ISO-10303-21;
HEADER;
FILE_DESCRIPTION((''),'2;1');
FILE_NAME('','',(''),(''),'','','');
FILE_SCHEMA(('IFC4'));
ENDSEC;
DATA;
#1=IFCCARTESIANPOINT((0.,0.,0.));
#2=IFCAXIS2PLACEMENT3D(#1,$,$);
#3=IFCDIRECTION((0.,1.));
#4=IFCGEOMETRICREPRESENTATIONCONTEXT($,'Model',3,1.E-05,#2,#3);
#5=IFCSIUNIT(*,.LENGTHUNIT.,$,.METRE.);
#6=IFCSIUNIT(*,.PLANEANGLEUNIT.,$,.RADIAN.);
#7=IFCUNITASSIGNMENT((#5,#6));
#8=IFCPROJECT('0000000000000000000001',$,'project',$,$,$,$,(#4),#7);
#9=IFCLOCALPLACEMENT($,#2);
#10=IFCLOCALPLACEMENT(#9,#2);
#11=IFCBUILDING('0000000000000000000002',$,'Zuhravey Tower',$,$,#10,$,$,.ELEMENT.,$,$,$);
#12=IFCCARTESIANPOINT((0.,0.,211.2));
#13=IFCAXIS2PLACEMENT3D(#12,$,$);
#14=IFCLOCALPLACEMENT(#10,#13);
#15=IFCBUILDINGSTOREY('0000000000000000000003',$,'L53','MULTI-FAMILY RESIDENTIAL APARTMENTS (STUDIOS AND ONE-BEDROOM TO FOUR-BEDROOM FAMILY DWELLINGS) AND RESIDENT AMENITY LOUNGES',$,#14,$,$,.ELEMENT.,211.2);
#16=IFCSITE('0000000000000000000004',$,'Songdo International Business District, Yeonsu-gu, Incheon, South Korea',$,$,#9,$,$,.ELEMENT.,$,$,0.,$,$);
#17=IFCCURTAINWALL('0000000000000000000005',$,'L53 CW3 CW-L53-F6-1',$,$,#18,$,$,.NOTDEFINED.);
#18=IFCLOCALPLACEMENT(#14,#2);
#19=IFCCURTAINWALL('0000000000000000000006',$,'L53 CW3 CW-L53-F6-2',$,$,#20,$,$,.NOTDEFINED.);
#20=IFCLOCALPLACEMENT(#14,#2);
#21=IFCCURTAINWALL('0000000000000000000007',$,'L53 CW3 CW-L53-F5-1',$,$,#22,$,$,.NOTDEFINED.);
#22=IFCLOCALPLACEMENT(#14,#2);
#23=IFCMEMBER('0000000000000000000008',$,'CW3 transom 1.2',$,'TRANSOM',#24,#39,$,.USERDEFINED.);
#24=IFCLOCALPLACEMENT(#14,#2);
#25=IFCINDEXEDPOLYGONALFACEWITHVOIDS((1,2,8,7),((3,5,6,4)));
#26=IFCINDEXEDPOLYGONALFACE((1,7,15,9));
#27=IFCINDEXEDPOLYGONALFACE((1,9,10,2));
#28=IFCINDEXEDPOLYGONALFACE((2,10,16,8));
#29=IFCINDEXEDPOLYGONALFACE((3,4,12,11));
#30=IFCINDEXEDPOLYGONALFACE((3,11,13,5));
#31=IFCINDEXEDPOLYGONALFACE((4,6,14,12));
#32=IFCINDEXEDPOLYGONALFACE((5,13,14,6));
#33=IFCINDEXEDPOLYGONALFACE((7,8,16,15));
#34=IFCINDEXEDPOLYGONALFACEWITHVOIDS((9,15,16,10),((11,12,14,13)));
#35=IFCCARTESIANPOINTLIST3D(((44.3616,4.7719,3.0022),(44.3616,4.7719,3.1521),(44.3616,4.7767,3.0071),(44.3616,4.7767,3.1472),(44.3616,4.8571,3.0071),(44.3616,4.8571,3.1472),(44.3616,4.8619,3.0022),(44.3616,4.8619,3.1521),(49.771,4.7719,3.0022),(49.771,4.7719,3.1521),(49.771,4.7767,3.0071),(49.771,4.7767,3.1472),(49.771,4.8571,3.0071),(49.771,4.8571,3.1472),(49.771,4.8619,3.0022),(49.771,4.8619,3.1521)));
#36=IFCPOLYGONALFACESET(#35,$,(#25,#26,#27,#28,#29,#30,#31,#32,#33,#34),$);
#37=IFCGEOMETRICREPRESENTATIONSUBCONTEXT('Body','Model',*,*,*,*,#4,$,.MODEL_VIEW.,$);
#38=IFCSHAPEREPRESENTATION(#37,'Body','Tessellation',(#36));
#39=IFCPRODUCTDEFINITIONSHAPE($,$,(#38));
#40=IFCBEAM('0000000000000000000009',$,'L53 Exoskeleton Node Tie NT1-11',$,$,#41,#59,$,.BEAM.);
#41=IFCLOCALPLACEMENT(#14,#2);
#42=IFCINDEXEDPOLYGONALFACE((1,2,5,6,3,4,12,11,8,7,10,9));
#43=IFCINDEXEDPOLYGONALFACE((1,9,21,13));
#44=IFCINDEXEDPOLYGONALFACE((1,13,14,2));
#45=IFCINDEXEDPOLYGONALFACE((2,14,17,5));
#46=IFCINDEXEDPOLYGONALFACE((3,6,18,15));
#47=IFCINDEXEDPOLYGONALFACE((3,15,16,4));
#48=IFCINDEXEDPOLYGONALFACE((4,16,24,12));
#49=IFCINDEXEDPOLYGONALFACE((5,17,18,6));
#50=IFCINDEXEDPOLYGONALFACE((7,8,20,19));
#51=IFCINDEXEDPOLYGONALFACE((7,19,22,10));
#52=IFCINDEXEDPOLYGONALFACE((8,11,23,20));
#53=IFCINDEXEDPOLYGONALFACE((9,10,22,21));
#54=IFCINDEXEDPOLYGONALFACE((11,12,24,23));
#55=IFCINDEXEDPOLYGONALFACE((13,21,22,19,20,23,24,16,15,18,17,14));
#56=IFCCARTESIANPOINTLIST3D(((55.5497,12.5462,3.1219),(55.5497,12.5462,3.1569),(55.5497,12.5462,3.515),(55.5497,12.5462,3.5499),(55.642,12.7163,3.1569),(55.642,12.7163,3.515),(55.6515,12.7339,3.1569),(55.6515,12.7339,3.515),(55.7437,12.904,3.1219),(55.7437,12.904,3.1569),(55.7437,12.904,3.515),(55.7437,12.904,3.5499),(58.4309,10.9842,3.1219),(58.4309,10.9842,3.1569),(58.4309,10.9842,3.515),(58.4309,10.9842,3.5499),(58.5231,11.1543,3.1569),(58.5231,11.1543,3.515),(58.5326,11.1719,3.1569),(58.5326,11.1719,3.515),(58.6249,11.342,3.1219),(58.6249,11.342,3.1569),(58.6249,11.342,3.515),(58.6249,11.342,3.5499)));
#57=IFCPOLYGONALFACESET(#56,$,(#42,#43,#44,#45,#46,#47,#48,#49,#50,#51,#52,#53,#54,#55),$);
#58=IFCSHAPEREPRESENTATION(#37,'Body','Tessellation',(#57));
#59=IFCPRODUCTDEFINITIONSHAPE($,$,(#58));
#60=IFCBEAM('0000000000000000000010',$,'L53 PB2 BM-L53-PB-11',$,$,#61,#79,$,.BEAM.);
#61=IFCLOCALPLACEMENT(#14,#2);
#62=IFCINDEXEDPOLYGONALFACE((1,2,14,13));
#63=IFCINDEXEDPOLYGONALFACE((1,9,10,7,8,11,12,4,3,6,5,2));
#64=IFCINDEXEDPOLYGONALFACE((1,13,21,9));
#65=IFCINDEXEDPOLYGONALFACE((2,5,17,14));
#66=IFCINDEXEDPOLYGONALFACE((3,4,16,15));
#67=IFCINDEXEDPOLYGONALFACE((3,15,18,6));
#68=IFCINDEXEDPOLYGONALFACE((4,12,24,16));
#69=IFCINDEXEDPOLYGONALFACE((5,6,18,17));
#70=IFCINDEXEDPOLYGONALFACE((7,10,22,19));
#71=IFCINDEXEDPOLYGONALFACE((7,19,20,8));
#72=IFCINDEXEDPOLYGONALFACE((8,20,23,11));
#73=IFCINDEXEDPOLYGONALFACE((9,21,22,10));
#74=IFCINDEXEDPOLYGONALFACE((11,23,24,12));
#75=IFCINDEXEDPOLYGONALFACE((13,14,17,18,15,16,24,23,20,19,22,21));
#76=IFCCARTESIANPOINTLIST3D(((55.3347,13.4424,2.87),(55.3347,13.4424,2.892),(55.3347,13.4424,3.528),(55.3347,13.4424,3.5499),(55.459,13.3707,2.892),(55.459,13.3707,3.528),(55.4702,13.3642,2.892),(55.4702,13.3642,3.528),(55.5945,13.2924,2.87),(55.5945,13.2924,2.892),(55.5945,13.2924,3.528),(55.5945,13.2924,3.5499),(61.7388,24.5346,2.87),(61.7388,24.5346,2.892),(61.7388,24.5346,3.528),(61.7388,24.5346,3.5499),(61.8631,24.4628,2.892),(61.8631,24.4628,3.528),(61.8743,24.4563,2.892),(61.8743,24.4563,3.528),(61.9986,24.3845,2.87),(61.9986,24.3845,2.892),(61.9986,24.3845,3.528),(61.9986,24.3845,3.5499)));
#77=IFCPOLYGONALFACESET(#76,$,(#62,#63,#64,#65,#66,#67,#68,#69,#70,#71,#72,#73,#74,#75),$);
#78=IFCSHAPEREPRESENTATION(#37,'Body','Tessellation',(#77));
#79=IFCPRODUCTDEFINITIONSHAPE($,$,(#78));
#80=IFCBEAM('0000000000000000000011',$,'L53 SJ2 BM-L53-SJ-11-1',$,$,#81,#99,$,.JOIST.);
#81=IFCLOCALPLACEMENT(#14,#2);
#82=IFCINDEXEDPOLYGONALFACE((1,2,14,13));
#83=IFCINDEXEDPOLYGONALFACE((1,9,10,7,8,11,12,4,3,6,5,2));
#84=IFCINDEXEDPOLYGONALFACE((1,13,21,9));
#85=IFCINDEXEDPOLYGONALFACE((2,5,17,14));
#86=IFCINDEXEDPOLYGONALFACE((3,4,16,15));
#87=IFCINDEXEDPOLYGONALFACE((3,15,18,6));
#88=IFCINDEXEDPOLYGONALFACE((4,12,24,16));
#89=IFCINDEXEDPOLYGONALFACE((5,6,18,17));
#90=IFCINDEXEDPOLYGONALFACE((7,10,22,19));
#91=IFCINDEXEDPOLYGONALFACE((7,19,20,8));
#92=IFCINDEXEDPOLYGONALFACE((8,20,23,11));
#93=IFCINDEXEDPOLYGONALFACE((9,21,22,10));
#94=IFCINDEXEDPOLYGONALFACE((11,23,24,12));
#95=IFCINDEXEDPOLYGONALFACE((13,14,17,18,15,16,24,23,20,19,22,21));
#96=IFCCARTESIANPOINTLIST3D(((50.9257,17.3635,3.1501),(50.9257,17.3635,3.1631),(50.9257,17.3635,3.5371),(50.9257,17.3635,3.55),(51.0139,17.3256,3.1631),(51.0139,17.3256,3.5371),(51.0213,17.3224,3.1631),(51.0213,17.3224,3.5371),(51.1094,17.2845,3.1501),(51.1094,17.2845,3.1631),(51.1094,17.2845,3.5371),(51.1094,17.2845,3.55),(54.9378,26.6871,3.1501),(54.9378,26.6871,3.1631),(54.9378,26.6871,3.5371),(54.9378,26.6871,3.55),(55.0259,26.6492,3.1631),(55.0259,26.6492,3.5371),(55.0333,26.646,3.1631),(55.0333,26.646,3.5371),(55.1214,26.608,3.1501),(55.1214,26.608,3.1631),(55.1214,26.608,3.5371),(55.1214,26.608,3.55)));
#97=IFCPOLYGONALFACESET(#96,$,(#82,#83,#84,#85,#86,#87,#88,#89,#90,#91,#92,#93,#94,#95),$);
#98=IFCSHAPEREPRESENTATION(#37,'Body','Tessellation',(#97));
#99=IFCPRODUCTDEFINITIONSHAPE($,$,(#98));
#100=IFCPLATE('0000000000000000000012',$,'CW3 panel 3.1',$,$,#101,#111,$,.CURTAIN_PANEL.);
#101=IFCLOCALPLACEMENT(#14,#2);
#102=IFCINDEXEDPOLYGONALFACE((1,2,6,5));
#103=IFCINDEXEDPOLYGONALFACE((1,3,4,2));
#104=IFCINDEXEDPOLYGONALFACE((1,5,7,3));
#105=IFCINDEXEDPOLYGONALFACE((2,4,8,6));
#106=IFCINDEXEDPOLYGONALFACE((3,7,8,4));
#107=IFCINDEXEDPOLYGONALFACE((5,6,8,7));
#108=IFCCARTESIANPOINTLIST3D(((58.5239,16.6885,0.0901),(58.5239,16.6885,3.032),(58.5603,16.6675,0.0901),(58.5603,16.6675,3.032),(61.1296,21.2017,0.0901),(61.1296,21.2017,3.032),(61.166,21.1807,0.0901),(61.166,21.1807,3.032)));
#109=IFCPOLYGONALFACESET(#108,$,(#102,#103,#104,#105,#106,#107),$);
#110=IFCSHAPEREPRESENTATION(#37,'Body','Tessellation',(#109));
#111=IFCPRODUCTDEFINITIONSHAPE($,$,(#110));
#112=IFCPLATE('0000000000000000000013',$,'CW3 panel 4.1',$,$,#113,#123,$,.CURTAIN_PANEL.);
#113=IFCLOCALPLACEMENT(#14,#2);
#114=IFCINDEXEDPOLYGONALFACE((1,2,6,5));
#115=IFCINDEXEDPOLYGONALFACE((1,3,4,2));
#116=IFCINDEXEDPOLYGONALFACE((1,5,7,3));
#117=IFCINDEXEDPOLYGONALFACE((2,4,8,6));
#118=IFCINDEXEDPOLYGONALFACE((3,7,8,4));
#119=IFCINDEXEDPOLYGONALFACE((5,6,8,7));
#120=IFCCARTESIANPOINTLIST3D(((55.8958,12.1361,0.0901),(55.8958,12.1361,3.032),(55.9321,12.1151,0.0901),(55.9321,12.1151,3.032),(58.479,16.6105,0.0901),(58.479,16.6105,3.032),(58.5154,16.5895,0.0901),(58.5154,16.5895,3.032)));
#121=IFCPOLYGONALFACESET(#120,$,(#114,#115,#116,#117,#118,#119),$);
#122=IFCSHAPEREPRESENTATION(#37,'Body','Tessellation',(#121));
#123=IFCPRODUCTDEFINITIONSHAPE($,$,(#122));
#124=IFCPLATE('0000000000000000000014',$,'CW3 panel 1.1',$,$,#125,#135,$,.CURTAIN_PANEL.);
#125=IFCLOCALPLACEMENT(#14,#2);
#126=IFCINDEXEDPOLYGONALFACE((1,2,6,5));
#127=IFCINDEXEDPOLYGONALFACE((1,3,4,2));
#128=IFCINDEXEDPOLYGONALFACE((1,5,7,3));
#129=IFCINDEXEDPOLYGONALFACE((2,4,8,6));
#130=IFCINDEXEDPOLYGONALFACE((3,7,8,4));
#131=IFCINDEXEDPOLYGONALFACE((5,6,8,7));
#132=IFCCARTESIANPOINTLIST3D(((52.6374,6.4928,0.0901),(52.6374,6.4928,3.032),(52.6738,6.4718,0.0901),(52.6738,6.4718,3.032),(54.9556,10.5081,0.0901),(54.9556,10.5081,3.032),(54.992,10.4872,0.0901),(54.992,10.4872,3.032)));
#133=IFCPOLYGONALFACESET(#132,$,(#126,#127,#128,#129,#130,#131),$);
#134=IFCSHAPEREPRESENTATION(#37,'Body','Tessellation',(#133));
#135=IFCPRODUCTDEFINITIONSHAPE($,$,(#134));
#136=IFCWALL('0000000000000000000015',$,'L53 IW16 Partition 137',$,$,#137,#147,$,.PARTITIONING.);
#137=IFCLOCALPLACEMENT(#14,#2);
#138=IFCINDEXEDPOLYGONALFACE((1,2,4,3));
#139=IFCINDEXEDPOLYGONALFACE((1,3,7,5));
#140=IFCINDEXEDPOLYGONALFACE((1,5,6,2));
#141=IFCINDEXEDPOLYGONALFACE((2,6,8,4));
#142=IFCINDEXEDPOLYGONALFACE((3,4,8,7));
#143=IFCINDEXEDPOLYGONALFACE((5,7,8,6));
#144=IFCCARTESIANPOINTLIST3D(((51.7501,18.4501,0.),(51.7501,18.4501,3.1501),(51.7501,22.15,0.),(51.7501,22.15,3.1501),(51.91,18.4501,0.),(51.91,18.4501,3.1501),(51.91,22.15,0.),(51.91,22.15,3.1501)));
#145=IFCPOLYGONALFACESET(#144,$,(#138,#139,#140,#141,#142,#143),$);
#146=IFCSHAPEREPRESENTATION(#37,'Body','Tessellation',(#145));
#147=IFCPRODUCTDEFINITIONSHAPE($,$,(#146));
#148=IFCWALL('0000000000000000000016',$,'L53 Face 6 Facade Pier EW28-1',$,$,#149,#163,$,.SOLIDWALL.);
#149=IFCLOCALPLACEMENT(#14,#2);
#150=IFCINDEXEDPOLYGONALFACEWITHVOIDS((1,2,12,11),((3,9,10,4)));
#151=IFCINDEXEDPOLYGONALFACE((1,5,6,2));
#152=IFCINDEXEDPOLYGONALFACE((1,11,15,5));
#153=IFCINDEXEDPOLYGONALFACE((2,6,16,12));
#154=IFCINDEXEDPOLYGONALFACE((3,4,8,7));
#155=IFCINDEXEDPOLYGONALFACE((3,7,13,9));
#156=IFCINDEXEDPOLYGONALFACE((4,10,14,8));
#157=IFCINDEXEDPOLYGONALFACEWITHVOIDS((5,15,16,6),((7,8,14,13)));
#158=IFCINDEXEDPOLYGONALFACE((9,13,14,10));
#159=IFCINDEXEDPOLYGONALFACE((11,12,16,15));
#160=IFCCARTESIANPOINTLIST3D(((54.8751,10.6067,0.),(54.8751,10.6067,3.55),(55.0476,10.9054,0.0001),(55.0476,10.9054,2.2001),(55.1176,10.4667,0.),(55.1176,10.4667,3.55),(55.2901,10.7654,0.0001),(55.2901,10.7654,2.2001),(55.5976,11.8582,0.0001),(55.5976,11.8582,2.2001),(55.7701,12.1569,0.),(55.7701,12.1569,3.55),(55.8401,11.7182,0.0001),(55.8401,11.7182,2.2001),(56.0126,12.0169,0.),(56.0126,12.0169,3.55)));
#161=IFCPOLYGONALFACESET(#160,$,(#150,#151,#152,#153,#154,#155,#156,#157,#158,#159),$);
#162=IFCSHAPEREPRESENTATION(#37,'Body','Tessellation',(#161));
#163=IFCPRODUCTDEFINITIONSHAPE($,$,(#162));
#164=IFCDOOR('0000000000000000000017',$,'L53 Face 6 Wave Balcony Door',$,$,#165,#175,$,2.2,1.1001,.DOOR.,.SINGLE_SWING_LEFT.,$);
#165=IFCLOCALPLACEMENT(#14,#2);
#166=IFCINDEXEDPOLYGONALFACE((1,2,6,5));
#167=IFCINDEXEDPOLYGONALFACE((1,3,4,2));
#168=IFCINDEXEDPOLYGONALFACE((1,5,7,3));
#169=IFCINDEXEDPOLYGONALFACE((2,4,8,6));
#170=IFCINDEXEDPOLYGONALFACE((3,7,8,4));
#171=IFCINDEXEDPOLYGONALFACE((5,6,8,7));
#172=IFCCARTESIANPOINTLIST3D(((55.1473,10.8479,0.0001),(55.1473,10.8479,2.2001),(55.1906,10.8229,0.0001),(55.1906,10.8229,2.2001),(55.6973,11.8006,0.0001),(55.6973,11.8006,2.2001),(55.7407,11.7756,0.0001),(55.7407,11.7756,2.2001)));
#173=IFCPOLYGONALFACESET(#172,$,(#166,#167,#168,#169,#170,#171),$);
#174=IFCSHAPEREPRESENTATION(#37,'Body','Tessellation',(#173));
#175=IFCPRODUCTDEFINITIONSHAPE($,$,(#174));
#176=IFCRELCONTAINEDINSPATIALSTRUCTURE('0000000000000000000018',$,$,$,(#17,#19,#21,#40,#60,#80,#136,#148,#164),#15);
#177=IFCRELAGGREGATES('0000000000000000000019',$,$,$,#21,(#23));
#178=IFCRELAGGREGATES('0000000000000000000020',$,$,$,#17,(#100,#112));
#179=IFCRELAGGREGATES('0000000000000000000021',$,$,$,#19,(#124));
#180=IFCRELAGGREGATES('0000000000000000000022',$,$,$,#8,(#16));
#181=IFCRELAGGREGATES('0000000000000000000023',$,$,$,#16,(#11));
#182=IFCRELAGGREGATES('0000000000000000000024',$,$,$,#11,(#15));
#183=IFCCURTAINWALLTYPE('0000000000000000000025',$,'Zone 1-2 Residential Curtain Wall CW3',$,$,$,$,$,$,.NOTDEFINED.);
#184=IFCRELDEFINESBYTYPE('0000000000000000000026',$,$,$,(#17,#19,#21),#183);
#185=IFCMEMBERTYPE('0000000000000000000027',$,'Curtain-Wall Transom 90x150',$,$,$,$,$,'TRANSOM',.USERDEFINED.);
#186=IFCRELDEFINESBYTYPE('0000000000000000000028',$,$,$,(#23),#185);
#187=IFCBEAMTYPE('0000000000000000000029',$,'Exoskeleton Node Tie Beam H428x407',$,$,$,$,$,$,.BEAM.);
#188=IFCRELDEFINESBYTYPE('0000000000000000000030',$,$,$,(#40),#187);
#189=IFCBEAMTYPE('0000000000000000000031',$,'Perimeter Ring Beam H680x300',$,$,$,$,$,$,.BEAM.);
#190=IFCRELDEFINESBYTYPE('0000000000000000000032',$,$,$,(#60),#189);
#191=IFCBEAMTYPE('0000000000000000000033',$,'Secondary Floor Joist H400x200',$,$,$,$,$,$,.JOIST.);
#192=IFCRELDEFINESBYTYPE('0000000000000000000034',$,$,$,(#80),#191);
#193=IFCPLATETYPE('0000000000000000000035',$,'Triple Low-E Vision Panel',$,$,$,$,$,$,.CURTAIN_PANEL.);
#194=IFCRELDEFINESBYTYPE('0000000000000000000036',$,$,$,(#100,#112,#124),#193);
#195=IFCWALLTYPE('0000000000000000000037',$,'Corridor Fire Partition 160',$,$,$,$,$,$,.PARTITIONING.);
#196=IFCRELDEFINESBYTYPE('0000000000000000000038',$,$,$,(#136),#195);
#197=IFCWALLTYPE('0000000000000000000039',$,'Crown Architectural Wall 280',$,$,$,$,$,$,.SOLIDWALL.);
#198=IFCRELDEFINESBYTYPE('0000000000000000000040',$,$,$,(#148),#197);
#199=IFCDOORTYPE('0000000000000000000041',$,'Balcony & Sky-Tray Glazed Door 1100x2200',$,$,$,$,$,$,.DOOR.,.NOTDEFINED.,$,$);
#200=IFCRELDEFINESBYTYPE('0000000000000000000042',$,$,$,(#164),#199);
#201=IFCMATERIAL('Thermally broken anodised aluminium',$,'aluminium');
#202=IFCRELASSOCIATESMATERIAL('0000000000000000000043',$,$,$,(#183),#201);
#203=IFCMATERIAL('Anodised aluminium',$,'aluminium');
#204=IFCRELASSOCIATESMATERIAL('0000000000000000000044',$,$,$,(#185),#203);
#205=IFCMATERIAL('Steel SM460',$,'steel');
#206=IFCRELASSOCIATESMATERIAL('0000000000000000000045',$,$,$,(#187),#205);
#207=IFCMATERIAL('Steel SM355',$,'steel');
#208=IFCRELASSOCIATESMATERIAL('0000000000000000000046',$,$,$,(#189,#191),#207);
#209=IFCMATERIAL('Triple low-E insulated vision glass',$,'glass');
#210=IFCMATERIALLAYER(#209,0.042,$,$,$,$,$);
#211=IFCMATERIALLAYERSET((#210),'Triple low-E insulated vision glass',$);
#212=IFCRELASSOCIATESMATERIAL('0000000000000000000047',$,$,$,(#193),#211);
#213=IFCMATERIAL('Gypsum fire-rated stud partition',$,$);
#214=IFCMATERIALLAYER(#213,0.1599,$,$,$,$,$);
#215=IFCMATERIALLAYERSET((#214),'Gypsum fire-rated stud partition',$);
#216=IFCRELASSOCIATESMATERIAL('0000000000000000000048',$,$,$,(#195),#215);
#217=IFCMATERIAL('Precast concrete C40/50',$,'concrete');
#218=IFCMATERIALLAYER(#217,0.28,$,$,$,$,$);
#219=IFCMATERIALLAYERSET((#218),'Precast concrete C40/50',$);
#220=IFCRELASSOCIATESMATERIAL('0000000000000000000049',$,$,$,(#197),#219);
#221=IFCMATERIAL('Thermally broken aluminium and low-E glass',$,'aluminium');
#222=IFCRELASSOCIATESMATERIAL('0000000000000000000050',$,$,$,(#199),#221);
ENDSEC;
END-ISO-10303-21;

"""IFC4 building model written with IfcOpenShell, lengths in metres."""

from ifc_helpers import new_model, si_unit, direction, frame, frame_2d, origin, origin_2d, place, context, subcontext, project, spatial, rectangle, hollow_rectangle, i_section, extrude, material, layer, layer_set, material_profile, profile_set, type_object, element, fill, aggregate, save


model = new_model("IFC4")

# Units and contexts
model_context = context("Model", 3, precision=1e-05, world=origin(), true_north=direction((0.0, 1.0)))
body_context = subcontext(model_context, "Body", "Model", "MODEL_VIEW")
ifc_project = project(units=[si_unit("LENGTHUNIT", "METRE"), si_unit("PLANEANGLEUNIT", "RADIAN")], contexts=[model_context])

# Site, building, storey
site_placement = place(None, origin())
site = spatial("IfcSite", under=ifc_project, at=site_placement, Name="Songdo International Business District, Yeonsu-gu, Incheon, South Korea", CompositionType="ELEMENT", RefElevation=0.0)
building_placement = place(site_placement, origin())
building = spatial("IfcBuilding", under=site, at=building_placement, Name="Zuhravey Tower", CompositionType="ELEMENT")
storey_placement = place(building_placement, frame((0.0, 0.0, 211.2)))
storey = spatial("IfcBuildingStorey", under=building, at=storey_placement, Name="L53", Description="MULTI-FAMILY RESIDENTIAL APARTMENTS (STUDIOS AND ONE-BEDROOM TO FOUR-BEDROOM FAMILY DWELLINGS) AND RESIDENT AMENITY LOUNGES", CompositionType="ELEMENT", Elevation=211.2)

# Curtain walls
ifc_material_1 = material(Name="Thermally broken anodised aluminium", Category="aluminium")
curtain_wall_type = type_object("IfcCurtainWallType", Name="Zone 1-2 Residential Curtain Wall CW3", PredefinedType="NOTDEFINED", material=ifc_material_1)
curtain_wall_1_placement = place(storey_placement, origin())
curtain_wall_1 = element("IfcCurtainWall", 1, at=curtain_wall_1_placement, inside=storey, type_object=curtain_wall_type, Name="L53 CW3 CW-L53-F6-1", PredefinedType="NOTDEFINED")
ifc_material_2 = material(Name="Anodised aluminium", Category="aluminium")
curtain_wall_2_placement = place(storey_placement, origin())
curtain_wall_2 = element("IfcCurtainWall", 2, at=curtain_wall_2_placement, inside=storey, type_object=curtain_wall_type, Name="L53 CW3 CW-L53-F6-2", PredefinedType="NOTDEFINED")

# Curtain wall
curtain_wall_3_placement = place(storey_placement, origin())
curtain_wall_3 = element("IfcCurtainWall", 3, at=curtain_wall_3_placement, inside=storey, type_object=curtain_wall_type, Name="L53 CW3 CW-L53-F5-1", PredefinedType="NOTDEFINED")

# Member
ifc_material_profile_1 = material_profile(ifc_material_2, hollow_rectangle(XDim=0.0901, YDim=0.1499, WallThickness=0.0049, at=origin_2d()), Name="ALU-RHS-90x150x5")
ifc_profile_set_1 = profile_set([ifc_material_profile_1], Name="Anodised aluminium")
member_type_1 = type_object("IfcMemberType", Name="Curtain-Wall Transom 90x150", ElementType="TRANSOM", PredefinedType="USERDEFINED", material=ifc_profile_set_1)
member_1_placement = place(storey_placement, frame((49.771, 4.8169, 3.0771), z_axis=(-1.0, 0.0, 0.0), x_axis=(0.0, -1.0, 0.0)))
member_1 = element("IfcMember", 4, at=member_1_placement, type_object=member_type_1, Name="CW3 transom 1.2", ObjectType="TRANSOM", PredefinedType="USERDEFINED", context=body_context, shape_type="SweptSolid", body=[
    extrude(hollow_rectangle(XDim=0.0901, YDim=0.1499, WallThickness=0.0049, at=origin_2d()), origin(), (0.0, 0.0, 1.0), 5.4094),
])
aggregate(curtain_wall_3, [member_1])

# Beams
ifc_material_3 = material(Name="Steel SM460", Category="steel")
ifc_material_profile_2 = material_profile(ifc_material_3, i_section(OverallWidth=0.407, OverallDepth=0.428, WebThickness=0.02, FlangeThickness=0.0349, at=origin_2d()), Name="H-428x407x20x35")
ifc_profile_set_2 = profile_set([ifc_material_profile_2], Name="Steel SM460")
beam_type_1 = type_object("IfcBeamType", Name="Exoskeleton Node Tie Beam H428x407", PredefinedType="BEAM", material=ifc_profile_set_2)
beam_1_placement = place(storey_placement, frame((55.6467, 12.7251, 3.3359), z_axis=(0.879111, -0.476617, 0.0), x_axis=(0.476617, 0.879111, 0.0)))
element("IfcBeam", 5, at=beam_1_placement, inside=storey, type_object=beam_type_1, Name="L53 Exoskeleton Node Tie NT1-11", PredefinedType="BEAM", context=body_context, shape_type="SweptSolid", body=[
    extrude(i_section(OverallWidth=0.407, OverallDepth=0.428, WebThickness=0.02, FlangeThickness=0.0349, at=origin_2d()), origin(), (0.0, 0.0, 1.0), 3.2773),
])
ifc_material_4 = material(Name="Steel SM355", Category="steel")
ifc_material_profile_3 = material_profile(ifc_material_4, i_section(OverallWidth=0.3, OverallDepth=0.6799, WebThickness=0.0129, FlangeThickness=0.022, at=origin_2d()), Name="H-680x300x13x22")
ifc_profile_set_3 = profile_set([ifc_material_profile_3], Name="Steel SM355")
beam_type_2 = type_object("IfcBeamType", Name="Perimeter Ring Beam H680x300", PredefinedType="BEAM", material=ifc_profile_set_3)
beam_2_placement = place(storey_placement, frame((55.4646, 13.3674, 3.21), z_axis=(0.500004, 0.866023, 0.0), x_axis=(-0.866023, 0.500004, 0.0)))
element("IfcBeam", 6, at=beam_2_placement, inside=storey, type_object=beam_type_2, Name="L53 PB2 BM-L53-PB-11", PredefinedType="BEAM", context=body_context, shape_type="SweptSolid", body=[
    extrude(i_section(OverallWidth=0.3, OverallDepth=0.6799, WebThickness=0.0129, FlangeThickness=0.022, at=origin_2d()), origin(), (0.0, 0.0, 1.0), 12.8081),
])
ifc_material_profile_4 = material_profile(ifc_material_4, i_section(OverallWidth=0.2, OverallDepth=0.3999, WebThickness=0.0081, FlangeThickness=0.0129, at=origin_2d()), Name="H-400x200x8x13")
ifc_profile_set_4 = profile_set([ifc_material_profile_4], Name="Steel SM355")
beam_type_3 = type_object("IfcBeamType", Name="Secondary Floor Joist H400x200", PredefinedType="JOIST", material=ifc_profile_set_4)
beam_3_placement = place(storey_placement, frame((51.0176, 17.324, 3.3501), z_axis=(0.395266, 0.918567, 0.0), x_axis=(-0.918567, 0.395266, 0.0)))
element("IfcBeam", 7, at=beam_3_placement, inside=storey, type_object=beam_type_3, Name="L53 SJ2 BM-L53-SJ-11-1", PredefinedType="JOIST", context=body_context, shape_type="SweptSolid", body=[
    extrude(i_section(OverallWidth=0.2, OverallDepth=0.3999, WebThickness=0.0081, FlangeThickness=0.0129, at=origin_2d()), origin(), (0.0, 0.0, 1.0), 10.1501),
])

# Plates
ifc_material_5 = material(Name="Triple low-E insulated vision glass", Category="glass")
ifc_layer_1 = layer(ifc_material_5, 0.042)
ifc_layer_set_1 = layer_set([ifc_layer_1], Name="Triple low-E insulated vision glass")
plate_type = type_object("IfcPlateType", Name="Triple Low-E Vision Panel", PredefinedType="CURTAIN_PANEL", material=ifc_layer_set_1)
plate_1_placement = place(storey_placement, frame((59.845, 18.9346, 0.0901), z_axis=(0.0, 0.0, 1.0), x_axis=(-0.500001, -0.866025, 0.0)))
plate_1 = element("IfcPlate", 8, at=plate_1_placement, type_object=plate_type, Name="CW3 panel 3.1", PredefinedType="CURTAIN_PANEL", context=body_context, shape_type="SweptSolid", body=[
    extrude(rectangle(XDim=5.2114, YDim=0.042, at=origin_2d()), origin(), (0.0, 0.0, 1.0), 2.9419),
])
plate_2_placement = place(storey_placement, frame((57.2056, 14.3628, 0.0901), z_axis=(0.0, 0.0, 1.0), x_axis=(-0.500001, -0.866025, 0.0)))
plate_2 = element("IfcPlate", 9, at=plate_2_placement, type_object=plate_type, Name="CW3 panel 4.1", PredefinedType="CURTAIN_PANEL", context=body_context, shape_type="SweptSolid", body=[
    extrude(rectangle(XDim=5.1665, YDim=0.042, at=origin_2d()), origin(), (0.0, 0.0, 1.0), 2.9419),
])
aggregate(curtain_wall_1, [plate_1, plate_2])
plate_3_placement = place(storey_placement, frame((53.8147, 8.49, 0.0901), z_axis=(0.0, 0.0, 1.0), x_axis=(-0.499993, -0.866029, 0.0)))
plate_3 = element("IfcPlate", 10, at=plate_3_placement, type_object=plate_type, Name="CW3 panel 1.1", PredefinedType="CURTAIN_PANEL", context=body_context, shape_type="SweptSolid", body=[
    extrude(rectangle(XDim=4.6365, YDim=0.042, at=origin_2d()), origin(), (0.0, 0.0, 1.0), 2.9419),
])
aggregate(curtain_wall_2, [plate_3])

# Wall
ifc_material_6 = material(Name="Gypsum fire-rated stud partition")
ifc_layer_2 = layer(ifc_material_6, 0.1599)
ifc_layer_set_2 = layer_set([ifc_layer_2], Name="Gypsum fire-rated stud partition")
wall_type_1 = type_object("IfcWallType", Name="Corridor Fire Partition 160", PredefinedType="PARTITIONING", material=ifc_layer_set_2)
wall_1_placement = place(storey_placement, frame((51.8301, 18.45, 0.0), z_axis=(0.0, 0.0, 1.0), x_axis=(0.0, 1.0, 0.0)))
element("IfcWall", 11, at=wall_1_placement, inside=storey, type_object=wall_type_1, Name="L53 IW16 Partition 137", PredefinedType="PARTITIONING", context=body_context, shape_type="SweptSolid", body=[
    extrude(rectangle(XDim=3.7, YDim=0.1599, at=frame_2d((1.8501, 0.0))), origin(), (0.0, 0.0, 1.0), 3.1501),
])

# Wall, opening, door
ifc_material_7 = material(Name="Precast concrete C40/50", Category="concrete")
ifc_layer_3 = layer(ifc_material_7, 0.28)
ifc_layer_set_3 = layer_set([ifc_layer_3], Name="Precast concrete C40/50")
wall_type_2 = type_object("IfcWallType", Name="Crown Architectural Wall 280", PredefinedType="SOLIDWALL", material=ifc_layer_set_3)
wall_2_placement = place(storey_placement, frame((55.8914, 12.0869, 0.0), z_axis=(0.0, 0.0, 1.0), x_axis=(-0.499982, -0.866036, 0.0)))
wall_2 = element("IfcWall", 12, at=wall_2_placement, inside=storey, type_object=wall_type_2, Name="L53 Face 6 Facade Pier EW28-1", PredefinedType="SOLIDWALL", context=body_context, shape_type="SweptSolid", body=[
    extrude(rectangle(XDim=1.79, YDim=0.28, at=frame_2d((0.895, 0.0))), origin(), (0.0, 0.0, 1.0), 3.55),
])
opening_1_placement = place(wall_2_placement, frame((0.345, 0.0, 0.0)))
opening_1 = element("IfcOpeningElement", 13, at=opening_1_placement, cuts=wall_2, PredefinedType="OPENING", context=body_context, shape_type="SweptSolid", body=[
    extrude(rectangle(XDim=1.1001, YDim=2.2, at=frame_2d((0.55, 1.1001))), frame((0.0, 0.1521, 0.0), z_axis=(0.0, -1.0, 0.0), x_axis=(1.0, 0.0, 0.0)), (0.0, 0.0, 1.0), 0.304),
])
ifc_material_8 = material(Name="Thermally broken aluminium and low-E glass", Category="aluminium")
door_type_1 = type_object("IfcDoorType", Name="Balcony & Sky-Tray Glazed Door 1100x2200", OperationType="NOTDEFINED", PredefinedType="DOOR", material=ifc_material_8)
door_1_placement = place(opening_1_placement, frame((1.1001, 0.0, 0.0), z_axis=(0.0, 0.0, 1.0), x_axis=(-1.0, 0.0, 0.0)))
door_1 = element("IfcDoor", 14, at=door_1_placement, inside=storey, type_object=door_type_1, Name="L53 Face 6 Wave Balcony Door", OperationType="SINGLE_SWING_LEFT", OverallHeight=2.2, OverallWidth=1.1001, PredefinedType="DOOR", context=body_context, shape_type="SweptSolid", body=[
    extrude(rectangle(XDim=1.1001, YDim=2.2, at=frame_2d((0.55, 1.1001))), frame((0.0, 0.0249, 0.0), z_axis=(0.0, -1.0, 0.0), x_axis=(1.0, 0.0, 0.0)), (0.0, 0.0, 1.0), 0.05),
])
fill(opening_1, door_1)

save(model, "model.ifc")
